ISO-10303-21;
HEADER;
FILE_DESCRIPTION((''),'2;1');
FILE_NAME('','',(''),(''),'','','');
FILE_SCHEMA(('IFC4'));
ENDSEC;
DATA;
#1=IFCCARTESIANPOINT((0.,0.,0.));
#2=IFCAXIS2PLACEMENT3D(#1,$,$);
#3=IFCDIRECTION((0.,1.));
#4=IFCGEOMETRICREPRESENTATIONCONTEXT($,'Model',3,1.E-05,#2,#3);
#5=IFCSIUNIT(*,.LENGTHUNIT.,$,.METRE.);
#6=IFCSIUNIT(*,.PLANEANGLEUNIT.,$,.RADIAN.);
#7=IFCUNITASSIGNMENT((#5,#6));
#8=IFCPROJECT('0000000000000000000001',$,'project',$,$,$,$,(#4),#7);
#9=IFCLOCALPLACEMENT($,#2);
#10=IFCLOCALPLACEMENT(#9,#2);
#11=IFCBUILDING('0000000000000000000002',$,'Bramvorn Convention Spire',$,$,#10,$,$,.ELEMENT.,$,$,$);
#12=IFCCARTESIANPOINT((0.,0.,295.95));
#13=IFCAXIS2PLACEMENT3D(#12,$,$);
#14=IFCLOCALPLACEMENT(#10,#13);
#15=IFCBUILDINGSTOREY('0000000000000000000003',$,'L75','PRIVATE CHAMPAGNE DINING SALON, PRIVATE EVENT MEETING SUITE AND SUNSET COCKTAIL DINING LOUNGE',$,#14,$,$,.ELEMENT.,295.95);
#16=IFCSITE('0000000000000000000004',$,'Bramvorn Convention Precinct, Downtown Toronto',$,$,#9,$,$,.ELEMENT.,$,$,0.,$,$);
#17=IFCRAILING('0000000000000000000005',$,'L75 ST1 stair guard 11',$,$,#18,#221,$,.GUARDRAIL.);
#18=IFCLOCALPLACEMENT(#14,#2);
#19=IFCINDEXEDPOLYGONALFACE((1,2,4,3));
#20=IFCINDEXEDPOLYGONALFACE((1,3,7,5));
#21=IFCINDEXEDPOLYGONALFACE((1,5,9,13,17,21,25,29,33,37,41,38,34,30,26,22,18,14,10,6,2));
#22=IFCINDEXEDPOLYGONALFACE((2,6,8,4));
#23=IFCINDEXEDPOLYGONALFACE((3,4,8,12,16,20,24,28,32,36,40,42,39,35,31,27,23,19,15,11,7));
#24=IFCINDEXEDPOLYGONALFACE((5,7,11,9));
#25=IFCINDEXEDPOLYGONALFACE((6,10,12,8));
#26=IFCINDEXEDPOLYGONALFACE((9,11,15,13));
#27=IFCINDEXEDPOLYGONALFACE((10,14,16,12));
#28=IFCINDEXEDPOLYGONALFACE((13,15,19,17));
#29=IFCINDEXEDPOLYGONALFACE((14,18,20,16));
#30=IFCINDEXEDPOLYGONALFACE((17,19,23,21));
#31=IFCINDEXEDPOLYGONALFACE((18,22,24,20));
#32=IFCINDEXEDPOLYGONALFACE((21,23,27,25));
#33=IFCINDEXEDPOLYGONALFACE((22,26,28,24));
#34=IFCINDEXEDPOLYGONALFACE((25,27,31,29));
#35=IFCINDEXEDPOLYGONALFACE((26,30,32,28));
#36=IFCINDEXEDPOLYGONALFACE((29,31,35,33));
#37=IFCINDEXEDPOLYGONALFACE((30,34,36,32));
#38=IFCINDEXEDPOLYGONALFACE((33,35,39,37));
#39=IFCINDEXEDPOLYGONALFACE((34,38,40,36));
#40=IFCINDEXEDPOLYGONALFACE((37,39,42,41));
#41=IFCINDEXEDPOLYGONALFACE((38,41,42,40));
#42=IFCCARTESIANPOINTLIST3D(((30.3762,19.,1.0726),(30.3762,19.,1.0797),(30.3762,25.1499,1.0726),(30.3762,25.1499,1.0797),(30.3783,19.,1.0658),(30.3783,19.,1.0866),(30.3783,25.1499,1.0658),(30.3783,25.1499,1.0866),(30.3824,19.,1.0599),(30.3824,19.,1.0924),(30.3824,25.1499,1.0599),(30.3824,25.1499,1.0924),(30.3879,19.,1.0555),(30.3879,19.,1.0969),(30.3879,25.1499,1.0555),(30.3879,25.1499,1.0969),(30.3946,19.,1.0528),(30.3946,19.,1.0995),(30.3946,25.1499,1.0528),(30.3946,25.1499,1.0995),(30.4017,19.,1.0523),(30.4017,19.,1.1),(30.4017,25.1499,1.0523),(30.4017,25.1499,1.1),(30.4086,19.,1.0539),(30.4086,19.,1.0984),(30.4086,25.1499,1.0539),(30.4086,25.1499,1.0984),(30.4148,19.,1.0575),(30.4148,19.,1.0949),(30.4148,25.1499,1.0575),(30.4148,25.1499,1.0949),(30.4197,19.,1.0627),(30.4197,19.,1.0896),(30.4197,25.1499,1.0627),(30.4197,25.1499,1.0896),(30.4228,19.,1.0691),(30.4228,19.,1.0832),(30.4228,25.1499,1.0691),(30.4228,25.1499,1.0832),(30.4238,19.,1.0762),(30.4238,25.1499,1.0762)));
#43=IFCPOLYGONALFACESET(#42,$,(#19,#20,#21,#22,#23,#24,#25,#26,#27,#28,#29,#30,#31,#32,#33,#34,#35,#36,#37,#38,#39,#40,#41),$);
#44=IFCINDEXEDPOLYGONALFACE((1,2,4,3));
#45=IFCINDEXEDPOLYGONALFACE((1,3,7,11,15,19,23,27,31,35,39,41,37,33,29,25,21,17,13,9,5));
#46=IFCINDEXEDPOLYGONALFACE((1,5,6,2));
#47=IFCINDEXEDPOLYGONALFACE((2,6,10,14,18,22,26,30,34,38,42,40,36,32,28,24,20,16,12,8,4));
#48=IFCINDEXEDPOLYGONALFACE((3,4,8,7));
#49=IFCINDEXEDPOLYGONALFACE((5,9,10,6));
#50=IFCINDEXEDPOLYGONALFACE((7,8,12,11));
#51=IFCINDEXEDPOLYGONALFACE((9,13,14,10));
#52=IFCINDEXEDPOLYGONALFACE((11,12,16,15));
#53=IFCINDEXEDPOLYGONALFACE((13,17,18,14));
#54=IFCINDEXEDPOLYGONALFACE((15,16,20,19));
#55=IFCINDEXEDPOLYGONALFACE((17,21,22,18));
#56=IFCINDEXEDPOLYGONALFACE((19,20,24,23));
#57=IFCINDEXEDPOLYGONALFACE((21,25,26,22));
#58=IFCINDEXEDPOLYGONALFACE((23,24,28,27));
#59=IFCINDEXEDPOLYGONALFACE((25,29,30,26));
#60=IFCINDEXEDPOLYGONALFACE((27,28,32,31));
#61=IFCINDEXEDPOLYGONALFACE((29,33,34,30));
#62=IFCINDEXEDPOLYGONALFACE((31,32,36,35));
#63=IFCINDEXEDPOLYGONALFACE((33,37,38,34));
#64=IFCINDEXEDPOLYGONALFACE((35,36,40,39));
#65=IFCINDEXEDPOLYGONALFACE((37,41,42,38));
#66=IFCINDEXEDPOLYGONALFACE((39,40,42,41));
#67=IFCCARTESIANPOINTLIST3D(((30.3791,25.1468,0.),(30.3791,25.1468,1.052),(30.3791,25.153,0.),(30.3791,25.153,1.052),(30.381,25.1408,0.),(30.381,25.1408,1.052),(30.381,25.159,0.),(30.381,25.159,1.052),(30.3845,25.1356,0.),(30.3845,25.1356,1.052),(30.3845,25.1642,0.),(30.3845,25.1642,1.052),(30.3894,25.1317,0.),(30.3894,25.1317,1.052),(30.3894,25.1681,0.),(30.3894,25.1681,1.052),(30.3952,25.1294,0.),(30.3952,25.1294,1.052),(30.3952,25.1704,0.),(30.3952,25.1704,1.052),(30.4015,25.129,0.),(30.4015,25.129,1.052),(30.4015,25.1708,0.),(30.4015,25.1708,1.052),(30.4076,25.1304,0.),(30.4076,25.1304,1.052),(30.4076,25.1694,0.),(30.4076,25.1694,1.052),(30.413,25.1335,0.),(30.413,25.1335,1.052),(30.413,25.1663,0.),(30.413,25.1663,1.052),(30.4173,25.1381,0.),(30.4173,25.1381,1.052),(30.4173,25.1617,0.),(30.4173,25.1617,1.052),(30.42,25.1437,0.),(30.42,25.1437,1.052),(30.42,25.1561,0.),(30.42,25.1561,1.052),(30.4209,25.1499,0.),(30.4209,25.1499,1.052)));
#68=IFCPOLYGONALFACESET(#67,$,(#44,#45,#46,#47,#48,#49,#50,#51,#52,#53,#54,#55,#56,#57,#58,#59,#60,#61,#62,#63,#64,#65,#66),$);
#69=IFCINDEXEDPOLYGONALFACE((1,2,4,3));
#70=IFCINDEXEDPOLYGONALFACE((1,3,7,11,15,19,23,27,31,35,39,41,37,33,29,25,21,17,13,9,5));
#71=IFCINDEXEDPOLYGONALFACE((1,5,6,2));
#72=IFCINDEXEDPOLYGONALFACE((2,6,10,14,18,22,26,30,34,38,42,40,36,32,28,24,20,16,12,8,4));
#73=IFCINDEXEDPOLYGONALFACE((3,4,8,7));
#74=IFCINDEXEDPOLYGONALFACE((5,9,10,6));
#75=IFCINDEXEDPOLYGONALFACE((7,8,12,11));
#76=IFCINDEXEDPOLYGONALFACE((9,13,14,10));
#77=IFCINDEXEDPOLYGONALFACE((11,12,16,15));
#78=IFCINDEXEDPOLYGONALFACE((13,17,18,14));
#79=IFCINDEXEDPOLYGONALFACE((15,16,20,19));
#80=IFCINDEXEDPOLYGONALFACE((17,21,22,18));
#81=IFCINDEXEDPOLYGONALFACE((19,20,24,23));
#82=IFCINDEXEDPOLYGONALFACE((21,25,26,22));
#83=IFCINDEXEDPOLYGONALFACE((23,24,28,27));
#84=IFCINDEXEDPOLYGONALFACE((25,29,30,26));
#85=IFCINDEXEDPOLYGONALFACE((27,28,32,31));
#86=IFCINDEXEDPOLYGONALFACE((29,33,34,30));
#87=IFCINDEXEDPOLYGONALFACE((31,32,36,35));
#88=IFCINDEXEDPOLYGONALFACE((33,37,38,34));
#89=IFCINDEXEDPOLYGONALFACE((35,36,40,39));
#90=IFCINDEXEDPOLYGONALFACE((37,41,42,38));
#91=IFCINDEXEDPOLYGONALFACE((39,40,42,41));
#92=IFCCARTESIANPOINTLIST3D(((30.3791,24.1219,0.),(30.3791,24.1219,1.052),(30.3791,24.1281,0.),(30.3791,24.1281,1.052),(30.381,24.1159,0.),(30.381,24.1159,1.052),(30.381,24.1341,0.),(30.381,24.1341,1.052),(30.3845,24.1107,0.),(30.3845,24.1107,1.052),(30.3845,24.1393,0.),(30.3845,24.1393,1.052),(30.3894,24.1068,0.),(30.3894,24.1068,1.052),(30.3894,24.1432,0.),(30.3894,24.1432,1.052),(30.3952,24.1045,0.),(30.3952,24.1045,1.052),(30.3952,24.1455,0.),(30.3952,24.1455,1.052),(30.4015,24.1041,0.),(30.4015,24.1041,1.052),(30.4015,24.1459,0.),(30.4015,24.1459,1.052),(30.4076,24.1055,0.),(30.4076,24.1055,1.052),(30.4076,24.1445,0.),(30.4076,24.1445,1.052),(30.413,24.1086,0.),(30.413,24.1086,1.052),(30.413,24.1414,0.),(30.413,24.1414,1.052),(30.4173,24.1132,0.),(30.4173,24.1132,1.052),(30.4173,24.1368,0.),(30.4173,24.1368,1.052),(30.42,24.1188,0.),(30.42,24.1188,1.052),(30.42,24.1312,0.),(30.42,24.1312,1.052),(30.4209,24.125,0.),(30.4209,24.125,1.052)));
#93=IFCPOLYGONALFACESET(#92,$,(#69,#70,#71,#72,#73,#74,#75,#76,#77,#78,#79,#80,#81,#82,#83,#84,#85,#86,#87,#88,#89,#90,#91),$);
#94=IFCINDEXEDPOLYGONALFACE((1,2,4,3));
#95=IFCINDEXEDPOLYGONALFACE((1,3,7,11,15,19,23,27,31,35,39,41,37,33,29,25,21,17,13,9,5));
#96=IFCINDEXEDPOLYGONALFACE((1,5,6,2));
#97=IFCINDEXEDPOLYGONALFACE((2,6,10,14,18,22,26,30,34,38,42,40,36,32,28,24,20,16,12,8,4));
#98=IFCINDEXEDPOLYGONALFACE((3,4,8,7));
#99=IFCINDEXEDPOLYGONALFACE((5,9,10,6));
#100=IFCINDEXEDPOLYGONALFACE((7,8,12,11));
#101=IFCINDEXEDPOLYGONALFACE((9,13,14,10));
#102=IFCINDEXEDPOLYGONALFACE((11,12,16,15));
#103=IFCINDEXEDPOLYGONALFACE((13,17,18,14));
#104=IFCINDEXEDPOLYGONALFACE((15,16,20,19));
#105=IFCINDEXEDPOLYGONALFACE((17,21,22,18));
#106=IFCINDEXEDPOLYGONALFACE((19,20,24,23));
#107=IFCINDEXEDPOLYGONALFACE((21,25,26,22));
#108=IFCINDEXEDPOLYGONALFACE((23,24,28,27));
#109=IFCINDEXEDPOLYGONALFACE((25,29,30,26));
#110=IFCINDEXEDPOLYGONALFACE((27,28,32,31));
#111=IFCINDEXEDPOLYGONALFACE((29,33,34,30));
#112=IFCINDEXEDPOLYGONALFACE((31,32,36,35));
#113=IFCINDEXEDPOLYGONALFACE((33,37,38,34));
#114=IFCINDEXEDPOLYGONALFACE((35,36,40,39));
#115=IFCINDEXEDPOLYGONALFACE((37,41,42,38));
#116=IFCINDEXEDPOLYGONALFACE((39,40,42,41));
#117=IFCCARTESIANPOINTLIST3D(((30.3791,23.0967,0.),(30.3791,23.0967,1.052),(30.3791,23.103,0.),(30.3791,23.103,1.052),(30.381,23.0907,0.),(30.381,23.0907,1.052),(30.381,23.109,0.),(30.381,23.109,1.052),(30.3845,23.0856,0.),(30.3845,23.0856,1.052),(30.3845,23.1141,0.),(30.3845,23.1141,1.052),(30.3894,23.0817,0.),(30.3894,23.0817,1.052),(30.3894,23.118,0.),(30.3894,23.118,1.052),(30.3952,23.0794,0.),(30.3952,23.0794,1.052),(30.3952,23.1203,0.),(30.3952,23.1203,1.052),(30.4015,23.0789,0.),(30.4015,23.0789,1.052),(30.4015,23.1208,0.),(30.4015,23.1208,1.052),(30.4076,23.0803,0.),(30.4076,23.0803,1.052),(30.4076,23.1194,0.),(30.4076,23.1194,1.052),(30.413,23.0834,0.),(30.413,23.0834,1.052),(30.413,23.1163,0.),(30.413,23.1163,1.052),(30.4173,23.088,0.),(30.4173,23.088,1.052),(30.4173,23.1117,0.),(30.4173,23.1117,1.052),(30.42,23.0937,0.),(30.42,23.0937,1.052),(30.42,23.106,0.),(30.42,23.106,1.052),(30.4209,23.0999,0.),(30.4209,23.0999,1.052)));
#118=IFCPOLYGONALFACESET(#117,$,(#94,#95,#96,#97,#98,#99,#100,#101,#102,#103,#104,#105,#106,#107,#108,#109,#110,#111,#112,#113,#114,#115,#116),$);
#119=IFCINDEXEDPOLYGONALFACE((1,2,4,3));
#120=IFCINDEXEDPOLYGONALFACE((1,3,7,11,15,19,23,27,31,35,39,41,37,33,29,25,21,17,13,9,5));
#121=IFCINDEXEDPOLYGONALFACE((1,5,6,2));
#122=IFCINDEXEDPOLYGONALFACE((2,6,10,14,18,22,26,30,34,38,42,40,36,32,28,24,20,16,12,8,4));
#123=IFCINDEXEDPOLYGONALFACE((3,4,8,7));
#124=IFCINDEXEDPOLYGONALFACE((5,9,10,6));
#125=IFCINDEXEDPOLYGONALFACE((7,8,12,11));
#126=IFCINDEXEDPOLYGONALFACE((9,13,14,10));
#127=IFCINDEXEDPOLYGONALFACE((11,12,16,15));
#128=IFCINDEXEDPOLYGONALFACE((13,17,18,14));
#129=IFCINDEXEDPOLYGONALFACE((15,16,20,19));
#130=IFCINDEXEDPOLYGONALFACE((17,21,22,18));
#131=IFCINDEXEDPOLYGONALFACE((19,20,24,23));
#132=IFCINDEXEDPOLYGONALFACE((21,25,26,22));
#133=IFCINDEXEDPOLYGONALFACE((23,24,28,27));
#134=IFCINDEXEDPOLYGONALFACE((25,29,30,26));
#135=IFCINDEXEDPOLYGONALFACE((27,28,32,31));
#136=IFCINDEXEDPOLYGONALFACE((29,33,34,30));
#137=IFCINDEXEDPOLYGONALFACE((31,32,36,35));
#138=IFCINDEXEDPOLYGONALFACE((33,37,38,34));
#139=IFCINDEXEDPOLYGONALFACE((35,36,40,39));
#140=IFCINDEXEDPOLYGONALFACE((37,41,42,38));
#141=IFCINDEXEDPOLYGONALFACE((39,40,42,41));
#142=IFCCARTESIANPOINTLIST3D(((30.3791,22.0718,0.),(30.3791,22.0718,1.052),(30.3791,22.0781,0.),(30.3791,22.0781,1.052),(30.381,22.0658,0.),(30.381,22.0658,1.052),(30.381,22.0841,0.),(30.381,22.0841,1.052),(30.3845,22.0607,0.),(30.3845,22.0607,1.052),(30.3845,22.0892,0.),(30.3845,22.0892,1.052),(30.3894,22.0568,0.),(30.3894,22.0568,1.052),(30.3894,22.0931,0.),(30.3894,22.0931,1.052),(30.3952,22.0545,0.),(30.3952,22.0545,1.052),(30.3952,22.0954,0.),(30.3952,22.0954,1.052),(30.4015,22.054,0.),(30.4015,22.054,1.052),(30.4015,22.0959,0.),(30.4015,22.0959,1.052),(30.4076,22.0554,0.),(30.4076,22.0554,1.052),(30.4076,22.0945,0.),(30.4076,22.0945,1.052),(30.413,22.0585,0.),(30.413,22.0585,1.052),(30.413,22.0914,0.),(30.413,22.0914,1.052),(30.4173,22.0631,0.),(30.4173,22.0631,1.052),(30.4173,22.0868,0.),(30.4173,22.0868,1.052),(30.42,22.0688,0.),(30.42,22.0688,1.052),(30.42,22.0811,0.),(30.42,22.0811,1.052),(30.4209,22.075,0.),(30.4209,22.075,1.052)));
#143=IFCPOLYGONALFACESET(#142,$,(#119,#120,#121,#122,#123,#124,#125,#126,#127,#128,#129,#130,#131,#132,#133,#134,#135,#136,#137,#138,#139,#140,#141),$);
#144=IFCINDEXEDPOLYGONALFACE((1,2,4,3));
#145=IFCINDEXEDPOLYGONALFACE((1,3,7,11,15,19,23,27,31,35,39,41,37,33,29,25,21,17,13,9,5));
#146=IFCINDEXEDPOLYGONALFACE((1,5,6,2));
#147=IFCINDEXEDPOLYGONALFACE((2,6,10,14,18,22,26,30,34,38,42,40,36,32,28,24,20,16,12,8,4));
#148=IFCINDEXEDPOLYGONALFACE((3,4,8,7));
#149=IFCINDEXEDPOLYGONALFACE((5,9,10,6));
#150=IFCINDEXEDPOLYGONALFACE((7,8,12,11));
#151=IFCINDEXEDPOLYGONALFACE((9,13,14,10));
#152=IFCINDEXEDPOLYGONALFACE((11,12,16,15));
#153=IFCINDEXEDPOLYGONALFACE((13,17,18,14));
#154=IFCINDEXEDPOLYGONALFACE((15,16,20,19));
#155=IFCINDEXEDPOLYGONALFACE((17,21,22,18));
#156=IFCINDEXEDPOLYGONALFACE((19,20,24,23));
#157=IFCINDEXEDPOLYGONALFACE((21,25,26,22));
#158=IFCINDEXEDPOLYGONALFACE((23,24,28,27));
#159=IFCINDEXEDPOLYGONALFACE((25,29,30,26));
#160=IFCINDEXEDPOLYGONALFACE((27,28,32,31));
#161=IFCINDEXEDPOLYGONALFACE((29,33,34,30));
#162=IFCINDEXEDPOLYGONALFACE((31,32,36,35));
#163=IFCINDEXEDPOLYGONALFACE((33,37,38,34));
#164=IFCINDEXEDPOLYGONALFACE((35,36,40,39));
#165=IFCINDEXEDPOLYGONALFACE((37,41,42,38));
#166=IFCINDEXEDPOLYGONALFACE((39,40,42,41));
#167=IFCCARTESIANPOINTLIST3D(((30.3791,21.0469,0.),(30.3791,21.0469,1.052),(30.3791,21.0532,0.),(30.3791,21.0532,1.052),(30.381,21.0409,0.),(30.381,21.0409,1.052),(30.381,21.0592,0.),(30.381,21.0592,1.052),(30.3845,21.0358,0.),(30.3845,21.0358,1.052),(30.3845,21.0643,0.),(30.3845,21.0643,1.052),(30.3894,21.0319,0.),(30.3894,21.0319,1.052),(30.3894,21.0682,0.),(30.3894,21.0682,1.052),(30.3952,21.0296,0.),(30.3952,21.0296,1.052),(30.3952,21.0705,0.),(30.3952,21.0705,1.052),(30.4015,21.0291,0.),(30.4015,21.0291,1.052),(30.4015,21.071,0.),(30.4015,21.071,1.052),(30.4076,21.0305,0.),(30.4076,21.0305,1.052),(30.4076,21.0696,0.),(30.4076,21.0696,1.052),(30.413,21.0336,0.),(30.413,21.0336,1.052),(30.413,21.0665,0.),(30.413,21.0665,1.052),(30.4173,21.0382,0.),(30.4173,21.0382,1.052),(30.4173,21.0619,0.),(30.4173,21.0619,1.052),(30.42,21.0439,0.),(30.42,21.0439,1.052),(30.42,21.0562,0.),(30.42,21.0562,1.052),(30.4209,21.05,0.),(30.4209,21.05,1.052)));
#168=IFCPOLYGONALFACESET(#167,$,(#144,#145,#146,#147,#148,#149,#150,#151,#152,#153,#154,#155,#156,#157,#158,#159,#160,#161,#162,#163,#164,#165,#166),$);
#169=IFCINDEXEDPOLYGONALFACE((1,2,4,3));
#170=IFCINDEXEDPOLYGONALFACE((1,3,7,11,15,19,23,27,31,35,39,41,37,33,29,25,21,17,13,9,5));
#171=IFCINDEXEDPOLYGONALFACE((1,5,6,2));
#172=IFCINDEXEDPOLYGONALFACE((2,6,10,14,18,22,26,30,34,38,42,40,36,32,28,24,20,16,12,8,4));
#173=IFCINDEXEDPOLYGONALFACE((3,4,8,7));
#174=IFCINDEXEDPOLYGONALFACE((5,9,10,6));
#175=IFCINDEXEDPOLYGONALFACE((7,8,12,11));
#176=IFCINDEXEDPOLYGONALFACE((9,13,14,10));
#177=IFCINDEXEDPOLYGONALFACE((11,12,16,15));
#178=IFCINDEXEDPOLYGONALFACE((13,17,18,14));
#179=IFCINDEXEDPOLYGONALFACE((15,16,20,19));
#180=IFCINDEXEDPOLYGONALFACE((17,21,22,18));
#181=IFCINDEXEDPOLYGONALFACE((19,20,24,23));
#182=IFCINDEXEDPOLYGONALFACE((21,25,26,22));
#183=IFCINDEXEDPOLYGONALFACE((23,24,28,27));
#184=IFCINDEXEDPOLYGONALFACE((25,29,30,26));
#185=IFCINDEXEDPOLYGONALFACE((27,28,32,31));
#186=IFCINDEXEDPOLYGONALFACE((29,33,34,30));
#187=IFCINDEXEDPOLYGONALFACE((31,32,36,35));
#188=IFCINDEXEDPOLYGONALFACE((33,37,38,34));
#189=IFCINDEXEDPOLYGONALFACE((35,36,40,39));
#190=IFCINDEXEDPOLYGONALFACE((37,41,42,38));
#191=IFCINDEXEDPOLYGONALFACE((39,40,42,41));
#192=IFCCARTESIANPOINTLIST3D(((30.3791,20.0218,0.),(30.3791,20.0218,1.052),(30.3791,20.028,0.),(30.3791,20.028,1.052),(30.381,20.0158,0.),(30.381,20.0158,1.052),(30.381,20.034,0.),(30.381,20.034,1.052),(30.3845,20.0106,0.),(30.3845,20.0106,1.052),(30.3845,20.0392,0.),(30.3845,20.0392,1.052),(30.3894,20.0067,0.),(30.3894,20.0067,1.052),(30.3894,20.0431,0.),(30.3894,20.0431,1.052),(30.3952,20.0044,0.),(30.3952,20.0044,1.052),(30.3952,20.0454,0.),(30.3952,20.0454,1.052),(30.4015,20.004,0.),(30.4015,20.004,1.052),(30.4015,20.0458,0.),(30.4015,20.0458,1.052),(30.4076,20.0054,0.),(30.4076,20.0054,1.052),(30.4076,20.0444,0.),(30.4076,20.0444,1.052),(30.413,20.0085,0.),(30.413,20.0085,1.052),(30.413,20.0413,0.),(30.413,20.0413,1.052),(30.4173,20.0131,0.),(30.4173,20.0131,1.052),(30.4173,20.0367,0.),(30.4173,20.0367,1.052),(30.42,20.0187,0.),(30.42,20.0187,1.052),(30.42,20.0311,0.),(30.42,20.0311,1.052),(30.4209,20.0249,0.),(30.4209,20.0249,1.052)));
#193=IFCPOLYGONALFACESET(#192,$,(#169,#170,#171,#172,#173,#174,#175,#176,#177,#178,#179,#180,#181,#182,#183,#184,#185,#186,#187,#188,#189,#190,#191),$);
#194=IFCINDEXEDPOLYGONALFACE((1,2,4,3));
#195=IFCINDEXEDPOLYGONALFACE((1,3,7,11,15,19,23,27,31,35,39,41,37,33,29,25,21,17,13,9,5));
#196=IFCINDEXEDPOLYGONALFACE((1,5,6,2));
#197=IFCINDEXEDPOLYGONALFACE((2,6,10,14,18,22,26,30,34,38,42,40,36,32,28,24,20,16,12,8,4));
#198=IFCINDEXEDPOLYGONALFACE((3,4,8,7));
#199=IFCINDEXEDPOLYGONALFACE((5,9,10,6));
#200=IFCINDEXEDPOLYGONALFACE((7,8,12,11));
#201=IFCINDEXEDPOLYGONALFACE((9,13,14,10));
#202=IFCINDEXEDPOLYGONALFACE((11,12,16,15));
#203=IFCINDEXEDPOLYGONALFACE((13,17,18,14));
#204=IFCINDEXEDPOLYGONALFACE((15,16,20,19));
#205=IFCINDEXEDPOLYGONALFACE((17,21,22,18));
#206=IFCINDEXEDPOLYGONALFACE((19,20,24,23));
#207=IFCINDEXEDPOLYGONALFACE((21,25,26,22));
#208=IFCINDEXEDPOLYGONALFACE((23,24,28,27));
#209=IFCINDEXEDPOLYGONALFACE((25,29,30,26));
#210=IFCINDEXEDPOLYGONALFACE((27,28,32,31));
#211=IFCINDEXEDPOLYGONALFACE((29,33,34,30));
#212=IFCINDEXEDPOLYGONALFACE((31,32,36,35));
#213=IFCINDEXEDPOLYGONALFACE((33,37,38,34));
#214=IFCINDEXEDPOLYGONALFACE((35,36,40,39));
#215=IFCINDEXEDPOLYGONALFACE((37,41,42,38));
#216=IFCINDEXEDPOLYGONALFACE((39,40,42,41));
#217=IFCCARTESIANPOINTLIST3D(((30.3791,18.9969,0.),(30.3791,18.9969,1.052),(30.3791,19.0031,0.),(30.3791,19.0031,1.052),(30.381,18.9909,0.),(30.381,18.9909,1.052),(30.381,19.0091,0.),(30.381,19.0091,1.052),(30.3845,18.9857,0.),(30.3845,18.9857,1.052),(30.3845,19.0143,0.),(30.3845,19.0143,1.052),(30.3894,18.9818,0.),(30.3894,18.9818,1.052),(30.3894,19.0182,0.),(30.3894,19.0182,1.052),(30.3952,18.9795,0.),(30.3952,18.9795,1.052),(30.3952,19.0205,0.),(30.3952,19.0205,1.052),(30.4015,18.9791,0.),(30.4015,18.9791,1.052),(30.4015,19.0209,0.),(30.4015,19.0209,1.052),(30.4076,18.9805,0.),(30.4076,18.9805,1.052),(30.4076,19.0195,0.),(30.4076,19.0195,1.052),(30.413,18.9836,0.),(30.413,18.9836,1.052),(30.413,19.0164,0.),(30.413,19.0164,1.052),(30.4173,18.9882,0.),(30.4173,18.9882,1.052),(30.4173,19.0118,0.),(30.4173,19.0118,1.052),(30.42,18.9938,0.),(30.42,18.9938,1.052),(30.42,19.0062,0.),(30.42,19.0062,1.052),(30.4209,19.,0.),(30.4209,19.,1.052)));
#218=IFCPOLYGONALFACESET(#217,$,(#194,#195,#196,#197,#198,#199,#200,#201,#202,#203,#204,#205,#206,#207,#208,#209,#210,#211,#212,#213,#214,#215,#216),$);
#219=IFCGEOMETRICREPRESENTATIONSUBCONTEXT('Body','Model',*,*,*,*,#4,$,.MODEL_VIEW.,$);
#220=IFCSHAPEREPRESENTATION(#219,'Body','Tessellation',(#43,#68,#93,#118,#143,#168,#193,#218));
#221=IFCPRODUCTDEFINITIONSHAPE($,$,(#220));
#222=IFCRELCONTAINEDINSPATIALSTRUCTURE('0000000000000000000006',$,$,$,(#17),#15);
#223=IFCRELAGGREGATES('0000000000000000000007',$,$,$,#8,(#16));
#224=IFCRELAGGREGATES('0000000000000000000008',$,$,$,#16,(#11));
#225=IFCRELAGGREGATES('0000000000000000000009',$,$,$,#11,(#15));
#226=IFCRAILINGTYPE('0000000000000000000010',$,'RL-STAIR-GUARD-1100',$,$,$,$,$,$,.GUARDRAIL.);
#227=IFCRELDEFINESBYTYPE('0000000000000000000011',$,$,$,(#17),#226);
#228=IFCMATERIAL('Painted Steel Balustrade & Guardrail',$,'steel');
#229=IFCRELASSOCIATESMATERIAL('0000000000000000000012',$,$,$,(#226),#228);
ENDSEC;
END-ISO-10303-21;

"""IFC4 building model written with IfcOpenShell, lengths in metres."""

from ifc_helpers import new_model, si_unit, direction, frame, origin, origin_2d, place, context, subcontext, project, spatial, circle, extrude, material, type_object, element, save


model = new_model("IFC4")

# Units and contexts
model_context = context("Model", 3, precision=1e-05, world=origin(), true_north=direction((0.0, 1.0)))
body_context = subcontext(model_context, "Body", "Model", "MODEL_VIEW")
ifc_project = project(units=[si_unit("LENGTHUNIT", "METRE"), si_unit("PLANEANGLEUNIT", "RADIAN")], contexts=[model_context])

# Site, building, storey
site_placement = place(None, origin())
site = spatial("IfcSite", under=ifc_project, at=site_placement, Name="Bramvorn Convention Precinct, Downtown Toronto", CompositionType="ELEMENT", RefElevation=0.0)
building_placement = place(site_placement, origin())
building = spatial("IfcBuilding", under=site, at=building_placement, Name="Bramvorn Convention Spire", CompositionType="ELEMENT")
storey_placement = place(building_placement, frame((0.0, 0.0, 295.95)))
storey = spatial("IfcBuildingStorey", under=building, at=storey_placement, Name="L75", Description="PRIVATE CHAMPAGNE DINING SALON, PRIVATE EVENT MEETING SUITE AND SUNSET COCKTAIL DINING LOUNGE", CompositionType="ELEMENT", Elevation=295.95)

# Railing
ifc_material_1 = material(Name="Painted Steel Balustrade & Guardrail", Category="steel")
railing_type = type_object("IfcRailingType", Name="RL-STAIR-GUARD-1100", PredefinedType="GUARDRAIL", material=ifc_material_1)
railing_1_placement = place(storey_placement, frame((30.3999, 25.1499, 0.0)))
element("IfcRailing", 1, at=railing_1_placement, inside=storey, type_object=railing_type, Name="L75 ST1 stair guard 11", PredefinedType="GUARDRAIL", context=body_context, shape_type="SweptSolid", body=[
    extrude(circle(Radius=0.0239, at=origin_2d()), frame((0.0, 0.0, 1.0762), z_axis=(0.0, -1.0, 0.0), x_axis=(1.0, 0.0, 0.0)), (0.0, 0.0, 1.0), 6.1499),
    extrude(circle(Radius=0.021, at=origin_2d()), origin(), (0.0, 0.0, 1.0), 1.052),
    extrude(circle(Radius=0.021, at=origin_2d()), frame((0.0, -1.0249, 0.0)), (0.0, 0.0, 1.0), 1.052),
    extrude(circle(Radius=0.021, at=origin_2d()), frame((0.0, -2.05, 0.0)), (0.0, 0.0, 1.0), 1.052),
    extrude(circle(Radius=0.021, at=origin_2d()), frame((0.0, -3.075, 0.0)), (0.0, 0.0, 1.0), 1.052),
    extrude(circle(Radius=0.021, at=origin_2d()), frame((0.0, -4.0999, 0.0)), (0.0, 0.0, 1.0), 1.052),
    extrude(circle(Radius=0.021, at=origin_2d()), frame((0.0, -5.125, 0.0)), (0.0, 0.0, 1.0), 1.052),
    extrude(circle(Radius=0.021, at=origin_2d()), frame((0.0, -6.1499, 0.0)), (0.0, 0.0, 1.0), 1.052),
])

save(model, "model.ifc")
